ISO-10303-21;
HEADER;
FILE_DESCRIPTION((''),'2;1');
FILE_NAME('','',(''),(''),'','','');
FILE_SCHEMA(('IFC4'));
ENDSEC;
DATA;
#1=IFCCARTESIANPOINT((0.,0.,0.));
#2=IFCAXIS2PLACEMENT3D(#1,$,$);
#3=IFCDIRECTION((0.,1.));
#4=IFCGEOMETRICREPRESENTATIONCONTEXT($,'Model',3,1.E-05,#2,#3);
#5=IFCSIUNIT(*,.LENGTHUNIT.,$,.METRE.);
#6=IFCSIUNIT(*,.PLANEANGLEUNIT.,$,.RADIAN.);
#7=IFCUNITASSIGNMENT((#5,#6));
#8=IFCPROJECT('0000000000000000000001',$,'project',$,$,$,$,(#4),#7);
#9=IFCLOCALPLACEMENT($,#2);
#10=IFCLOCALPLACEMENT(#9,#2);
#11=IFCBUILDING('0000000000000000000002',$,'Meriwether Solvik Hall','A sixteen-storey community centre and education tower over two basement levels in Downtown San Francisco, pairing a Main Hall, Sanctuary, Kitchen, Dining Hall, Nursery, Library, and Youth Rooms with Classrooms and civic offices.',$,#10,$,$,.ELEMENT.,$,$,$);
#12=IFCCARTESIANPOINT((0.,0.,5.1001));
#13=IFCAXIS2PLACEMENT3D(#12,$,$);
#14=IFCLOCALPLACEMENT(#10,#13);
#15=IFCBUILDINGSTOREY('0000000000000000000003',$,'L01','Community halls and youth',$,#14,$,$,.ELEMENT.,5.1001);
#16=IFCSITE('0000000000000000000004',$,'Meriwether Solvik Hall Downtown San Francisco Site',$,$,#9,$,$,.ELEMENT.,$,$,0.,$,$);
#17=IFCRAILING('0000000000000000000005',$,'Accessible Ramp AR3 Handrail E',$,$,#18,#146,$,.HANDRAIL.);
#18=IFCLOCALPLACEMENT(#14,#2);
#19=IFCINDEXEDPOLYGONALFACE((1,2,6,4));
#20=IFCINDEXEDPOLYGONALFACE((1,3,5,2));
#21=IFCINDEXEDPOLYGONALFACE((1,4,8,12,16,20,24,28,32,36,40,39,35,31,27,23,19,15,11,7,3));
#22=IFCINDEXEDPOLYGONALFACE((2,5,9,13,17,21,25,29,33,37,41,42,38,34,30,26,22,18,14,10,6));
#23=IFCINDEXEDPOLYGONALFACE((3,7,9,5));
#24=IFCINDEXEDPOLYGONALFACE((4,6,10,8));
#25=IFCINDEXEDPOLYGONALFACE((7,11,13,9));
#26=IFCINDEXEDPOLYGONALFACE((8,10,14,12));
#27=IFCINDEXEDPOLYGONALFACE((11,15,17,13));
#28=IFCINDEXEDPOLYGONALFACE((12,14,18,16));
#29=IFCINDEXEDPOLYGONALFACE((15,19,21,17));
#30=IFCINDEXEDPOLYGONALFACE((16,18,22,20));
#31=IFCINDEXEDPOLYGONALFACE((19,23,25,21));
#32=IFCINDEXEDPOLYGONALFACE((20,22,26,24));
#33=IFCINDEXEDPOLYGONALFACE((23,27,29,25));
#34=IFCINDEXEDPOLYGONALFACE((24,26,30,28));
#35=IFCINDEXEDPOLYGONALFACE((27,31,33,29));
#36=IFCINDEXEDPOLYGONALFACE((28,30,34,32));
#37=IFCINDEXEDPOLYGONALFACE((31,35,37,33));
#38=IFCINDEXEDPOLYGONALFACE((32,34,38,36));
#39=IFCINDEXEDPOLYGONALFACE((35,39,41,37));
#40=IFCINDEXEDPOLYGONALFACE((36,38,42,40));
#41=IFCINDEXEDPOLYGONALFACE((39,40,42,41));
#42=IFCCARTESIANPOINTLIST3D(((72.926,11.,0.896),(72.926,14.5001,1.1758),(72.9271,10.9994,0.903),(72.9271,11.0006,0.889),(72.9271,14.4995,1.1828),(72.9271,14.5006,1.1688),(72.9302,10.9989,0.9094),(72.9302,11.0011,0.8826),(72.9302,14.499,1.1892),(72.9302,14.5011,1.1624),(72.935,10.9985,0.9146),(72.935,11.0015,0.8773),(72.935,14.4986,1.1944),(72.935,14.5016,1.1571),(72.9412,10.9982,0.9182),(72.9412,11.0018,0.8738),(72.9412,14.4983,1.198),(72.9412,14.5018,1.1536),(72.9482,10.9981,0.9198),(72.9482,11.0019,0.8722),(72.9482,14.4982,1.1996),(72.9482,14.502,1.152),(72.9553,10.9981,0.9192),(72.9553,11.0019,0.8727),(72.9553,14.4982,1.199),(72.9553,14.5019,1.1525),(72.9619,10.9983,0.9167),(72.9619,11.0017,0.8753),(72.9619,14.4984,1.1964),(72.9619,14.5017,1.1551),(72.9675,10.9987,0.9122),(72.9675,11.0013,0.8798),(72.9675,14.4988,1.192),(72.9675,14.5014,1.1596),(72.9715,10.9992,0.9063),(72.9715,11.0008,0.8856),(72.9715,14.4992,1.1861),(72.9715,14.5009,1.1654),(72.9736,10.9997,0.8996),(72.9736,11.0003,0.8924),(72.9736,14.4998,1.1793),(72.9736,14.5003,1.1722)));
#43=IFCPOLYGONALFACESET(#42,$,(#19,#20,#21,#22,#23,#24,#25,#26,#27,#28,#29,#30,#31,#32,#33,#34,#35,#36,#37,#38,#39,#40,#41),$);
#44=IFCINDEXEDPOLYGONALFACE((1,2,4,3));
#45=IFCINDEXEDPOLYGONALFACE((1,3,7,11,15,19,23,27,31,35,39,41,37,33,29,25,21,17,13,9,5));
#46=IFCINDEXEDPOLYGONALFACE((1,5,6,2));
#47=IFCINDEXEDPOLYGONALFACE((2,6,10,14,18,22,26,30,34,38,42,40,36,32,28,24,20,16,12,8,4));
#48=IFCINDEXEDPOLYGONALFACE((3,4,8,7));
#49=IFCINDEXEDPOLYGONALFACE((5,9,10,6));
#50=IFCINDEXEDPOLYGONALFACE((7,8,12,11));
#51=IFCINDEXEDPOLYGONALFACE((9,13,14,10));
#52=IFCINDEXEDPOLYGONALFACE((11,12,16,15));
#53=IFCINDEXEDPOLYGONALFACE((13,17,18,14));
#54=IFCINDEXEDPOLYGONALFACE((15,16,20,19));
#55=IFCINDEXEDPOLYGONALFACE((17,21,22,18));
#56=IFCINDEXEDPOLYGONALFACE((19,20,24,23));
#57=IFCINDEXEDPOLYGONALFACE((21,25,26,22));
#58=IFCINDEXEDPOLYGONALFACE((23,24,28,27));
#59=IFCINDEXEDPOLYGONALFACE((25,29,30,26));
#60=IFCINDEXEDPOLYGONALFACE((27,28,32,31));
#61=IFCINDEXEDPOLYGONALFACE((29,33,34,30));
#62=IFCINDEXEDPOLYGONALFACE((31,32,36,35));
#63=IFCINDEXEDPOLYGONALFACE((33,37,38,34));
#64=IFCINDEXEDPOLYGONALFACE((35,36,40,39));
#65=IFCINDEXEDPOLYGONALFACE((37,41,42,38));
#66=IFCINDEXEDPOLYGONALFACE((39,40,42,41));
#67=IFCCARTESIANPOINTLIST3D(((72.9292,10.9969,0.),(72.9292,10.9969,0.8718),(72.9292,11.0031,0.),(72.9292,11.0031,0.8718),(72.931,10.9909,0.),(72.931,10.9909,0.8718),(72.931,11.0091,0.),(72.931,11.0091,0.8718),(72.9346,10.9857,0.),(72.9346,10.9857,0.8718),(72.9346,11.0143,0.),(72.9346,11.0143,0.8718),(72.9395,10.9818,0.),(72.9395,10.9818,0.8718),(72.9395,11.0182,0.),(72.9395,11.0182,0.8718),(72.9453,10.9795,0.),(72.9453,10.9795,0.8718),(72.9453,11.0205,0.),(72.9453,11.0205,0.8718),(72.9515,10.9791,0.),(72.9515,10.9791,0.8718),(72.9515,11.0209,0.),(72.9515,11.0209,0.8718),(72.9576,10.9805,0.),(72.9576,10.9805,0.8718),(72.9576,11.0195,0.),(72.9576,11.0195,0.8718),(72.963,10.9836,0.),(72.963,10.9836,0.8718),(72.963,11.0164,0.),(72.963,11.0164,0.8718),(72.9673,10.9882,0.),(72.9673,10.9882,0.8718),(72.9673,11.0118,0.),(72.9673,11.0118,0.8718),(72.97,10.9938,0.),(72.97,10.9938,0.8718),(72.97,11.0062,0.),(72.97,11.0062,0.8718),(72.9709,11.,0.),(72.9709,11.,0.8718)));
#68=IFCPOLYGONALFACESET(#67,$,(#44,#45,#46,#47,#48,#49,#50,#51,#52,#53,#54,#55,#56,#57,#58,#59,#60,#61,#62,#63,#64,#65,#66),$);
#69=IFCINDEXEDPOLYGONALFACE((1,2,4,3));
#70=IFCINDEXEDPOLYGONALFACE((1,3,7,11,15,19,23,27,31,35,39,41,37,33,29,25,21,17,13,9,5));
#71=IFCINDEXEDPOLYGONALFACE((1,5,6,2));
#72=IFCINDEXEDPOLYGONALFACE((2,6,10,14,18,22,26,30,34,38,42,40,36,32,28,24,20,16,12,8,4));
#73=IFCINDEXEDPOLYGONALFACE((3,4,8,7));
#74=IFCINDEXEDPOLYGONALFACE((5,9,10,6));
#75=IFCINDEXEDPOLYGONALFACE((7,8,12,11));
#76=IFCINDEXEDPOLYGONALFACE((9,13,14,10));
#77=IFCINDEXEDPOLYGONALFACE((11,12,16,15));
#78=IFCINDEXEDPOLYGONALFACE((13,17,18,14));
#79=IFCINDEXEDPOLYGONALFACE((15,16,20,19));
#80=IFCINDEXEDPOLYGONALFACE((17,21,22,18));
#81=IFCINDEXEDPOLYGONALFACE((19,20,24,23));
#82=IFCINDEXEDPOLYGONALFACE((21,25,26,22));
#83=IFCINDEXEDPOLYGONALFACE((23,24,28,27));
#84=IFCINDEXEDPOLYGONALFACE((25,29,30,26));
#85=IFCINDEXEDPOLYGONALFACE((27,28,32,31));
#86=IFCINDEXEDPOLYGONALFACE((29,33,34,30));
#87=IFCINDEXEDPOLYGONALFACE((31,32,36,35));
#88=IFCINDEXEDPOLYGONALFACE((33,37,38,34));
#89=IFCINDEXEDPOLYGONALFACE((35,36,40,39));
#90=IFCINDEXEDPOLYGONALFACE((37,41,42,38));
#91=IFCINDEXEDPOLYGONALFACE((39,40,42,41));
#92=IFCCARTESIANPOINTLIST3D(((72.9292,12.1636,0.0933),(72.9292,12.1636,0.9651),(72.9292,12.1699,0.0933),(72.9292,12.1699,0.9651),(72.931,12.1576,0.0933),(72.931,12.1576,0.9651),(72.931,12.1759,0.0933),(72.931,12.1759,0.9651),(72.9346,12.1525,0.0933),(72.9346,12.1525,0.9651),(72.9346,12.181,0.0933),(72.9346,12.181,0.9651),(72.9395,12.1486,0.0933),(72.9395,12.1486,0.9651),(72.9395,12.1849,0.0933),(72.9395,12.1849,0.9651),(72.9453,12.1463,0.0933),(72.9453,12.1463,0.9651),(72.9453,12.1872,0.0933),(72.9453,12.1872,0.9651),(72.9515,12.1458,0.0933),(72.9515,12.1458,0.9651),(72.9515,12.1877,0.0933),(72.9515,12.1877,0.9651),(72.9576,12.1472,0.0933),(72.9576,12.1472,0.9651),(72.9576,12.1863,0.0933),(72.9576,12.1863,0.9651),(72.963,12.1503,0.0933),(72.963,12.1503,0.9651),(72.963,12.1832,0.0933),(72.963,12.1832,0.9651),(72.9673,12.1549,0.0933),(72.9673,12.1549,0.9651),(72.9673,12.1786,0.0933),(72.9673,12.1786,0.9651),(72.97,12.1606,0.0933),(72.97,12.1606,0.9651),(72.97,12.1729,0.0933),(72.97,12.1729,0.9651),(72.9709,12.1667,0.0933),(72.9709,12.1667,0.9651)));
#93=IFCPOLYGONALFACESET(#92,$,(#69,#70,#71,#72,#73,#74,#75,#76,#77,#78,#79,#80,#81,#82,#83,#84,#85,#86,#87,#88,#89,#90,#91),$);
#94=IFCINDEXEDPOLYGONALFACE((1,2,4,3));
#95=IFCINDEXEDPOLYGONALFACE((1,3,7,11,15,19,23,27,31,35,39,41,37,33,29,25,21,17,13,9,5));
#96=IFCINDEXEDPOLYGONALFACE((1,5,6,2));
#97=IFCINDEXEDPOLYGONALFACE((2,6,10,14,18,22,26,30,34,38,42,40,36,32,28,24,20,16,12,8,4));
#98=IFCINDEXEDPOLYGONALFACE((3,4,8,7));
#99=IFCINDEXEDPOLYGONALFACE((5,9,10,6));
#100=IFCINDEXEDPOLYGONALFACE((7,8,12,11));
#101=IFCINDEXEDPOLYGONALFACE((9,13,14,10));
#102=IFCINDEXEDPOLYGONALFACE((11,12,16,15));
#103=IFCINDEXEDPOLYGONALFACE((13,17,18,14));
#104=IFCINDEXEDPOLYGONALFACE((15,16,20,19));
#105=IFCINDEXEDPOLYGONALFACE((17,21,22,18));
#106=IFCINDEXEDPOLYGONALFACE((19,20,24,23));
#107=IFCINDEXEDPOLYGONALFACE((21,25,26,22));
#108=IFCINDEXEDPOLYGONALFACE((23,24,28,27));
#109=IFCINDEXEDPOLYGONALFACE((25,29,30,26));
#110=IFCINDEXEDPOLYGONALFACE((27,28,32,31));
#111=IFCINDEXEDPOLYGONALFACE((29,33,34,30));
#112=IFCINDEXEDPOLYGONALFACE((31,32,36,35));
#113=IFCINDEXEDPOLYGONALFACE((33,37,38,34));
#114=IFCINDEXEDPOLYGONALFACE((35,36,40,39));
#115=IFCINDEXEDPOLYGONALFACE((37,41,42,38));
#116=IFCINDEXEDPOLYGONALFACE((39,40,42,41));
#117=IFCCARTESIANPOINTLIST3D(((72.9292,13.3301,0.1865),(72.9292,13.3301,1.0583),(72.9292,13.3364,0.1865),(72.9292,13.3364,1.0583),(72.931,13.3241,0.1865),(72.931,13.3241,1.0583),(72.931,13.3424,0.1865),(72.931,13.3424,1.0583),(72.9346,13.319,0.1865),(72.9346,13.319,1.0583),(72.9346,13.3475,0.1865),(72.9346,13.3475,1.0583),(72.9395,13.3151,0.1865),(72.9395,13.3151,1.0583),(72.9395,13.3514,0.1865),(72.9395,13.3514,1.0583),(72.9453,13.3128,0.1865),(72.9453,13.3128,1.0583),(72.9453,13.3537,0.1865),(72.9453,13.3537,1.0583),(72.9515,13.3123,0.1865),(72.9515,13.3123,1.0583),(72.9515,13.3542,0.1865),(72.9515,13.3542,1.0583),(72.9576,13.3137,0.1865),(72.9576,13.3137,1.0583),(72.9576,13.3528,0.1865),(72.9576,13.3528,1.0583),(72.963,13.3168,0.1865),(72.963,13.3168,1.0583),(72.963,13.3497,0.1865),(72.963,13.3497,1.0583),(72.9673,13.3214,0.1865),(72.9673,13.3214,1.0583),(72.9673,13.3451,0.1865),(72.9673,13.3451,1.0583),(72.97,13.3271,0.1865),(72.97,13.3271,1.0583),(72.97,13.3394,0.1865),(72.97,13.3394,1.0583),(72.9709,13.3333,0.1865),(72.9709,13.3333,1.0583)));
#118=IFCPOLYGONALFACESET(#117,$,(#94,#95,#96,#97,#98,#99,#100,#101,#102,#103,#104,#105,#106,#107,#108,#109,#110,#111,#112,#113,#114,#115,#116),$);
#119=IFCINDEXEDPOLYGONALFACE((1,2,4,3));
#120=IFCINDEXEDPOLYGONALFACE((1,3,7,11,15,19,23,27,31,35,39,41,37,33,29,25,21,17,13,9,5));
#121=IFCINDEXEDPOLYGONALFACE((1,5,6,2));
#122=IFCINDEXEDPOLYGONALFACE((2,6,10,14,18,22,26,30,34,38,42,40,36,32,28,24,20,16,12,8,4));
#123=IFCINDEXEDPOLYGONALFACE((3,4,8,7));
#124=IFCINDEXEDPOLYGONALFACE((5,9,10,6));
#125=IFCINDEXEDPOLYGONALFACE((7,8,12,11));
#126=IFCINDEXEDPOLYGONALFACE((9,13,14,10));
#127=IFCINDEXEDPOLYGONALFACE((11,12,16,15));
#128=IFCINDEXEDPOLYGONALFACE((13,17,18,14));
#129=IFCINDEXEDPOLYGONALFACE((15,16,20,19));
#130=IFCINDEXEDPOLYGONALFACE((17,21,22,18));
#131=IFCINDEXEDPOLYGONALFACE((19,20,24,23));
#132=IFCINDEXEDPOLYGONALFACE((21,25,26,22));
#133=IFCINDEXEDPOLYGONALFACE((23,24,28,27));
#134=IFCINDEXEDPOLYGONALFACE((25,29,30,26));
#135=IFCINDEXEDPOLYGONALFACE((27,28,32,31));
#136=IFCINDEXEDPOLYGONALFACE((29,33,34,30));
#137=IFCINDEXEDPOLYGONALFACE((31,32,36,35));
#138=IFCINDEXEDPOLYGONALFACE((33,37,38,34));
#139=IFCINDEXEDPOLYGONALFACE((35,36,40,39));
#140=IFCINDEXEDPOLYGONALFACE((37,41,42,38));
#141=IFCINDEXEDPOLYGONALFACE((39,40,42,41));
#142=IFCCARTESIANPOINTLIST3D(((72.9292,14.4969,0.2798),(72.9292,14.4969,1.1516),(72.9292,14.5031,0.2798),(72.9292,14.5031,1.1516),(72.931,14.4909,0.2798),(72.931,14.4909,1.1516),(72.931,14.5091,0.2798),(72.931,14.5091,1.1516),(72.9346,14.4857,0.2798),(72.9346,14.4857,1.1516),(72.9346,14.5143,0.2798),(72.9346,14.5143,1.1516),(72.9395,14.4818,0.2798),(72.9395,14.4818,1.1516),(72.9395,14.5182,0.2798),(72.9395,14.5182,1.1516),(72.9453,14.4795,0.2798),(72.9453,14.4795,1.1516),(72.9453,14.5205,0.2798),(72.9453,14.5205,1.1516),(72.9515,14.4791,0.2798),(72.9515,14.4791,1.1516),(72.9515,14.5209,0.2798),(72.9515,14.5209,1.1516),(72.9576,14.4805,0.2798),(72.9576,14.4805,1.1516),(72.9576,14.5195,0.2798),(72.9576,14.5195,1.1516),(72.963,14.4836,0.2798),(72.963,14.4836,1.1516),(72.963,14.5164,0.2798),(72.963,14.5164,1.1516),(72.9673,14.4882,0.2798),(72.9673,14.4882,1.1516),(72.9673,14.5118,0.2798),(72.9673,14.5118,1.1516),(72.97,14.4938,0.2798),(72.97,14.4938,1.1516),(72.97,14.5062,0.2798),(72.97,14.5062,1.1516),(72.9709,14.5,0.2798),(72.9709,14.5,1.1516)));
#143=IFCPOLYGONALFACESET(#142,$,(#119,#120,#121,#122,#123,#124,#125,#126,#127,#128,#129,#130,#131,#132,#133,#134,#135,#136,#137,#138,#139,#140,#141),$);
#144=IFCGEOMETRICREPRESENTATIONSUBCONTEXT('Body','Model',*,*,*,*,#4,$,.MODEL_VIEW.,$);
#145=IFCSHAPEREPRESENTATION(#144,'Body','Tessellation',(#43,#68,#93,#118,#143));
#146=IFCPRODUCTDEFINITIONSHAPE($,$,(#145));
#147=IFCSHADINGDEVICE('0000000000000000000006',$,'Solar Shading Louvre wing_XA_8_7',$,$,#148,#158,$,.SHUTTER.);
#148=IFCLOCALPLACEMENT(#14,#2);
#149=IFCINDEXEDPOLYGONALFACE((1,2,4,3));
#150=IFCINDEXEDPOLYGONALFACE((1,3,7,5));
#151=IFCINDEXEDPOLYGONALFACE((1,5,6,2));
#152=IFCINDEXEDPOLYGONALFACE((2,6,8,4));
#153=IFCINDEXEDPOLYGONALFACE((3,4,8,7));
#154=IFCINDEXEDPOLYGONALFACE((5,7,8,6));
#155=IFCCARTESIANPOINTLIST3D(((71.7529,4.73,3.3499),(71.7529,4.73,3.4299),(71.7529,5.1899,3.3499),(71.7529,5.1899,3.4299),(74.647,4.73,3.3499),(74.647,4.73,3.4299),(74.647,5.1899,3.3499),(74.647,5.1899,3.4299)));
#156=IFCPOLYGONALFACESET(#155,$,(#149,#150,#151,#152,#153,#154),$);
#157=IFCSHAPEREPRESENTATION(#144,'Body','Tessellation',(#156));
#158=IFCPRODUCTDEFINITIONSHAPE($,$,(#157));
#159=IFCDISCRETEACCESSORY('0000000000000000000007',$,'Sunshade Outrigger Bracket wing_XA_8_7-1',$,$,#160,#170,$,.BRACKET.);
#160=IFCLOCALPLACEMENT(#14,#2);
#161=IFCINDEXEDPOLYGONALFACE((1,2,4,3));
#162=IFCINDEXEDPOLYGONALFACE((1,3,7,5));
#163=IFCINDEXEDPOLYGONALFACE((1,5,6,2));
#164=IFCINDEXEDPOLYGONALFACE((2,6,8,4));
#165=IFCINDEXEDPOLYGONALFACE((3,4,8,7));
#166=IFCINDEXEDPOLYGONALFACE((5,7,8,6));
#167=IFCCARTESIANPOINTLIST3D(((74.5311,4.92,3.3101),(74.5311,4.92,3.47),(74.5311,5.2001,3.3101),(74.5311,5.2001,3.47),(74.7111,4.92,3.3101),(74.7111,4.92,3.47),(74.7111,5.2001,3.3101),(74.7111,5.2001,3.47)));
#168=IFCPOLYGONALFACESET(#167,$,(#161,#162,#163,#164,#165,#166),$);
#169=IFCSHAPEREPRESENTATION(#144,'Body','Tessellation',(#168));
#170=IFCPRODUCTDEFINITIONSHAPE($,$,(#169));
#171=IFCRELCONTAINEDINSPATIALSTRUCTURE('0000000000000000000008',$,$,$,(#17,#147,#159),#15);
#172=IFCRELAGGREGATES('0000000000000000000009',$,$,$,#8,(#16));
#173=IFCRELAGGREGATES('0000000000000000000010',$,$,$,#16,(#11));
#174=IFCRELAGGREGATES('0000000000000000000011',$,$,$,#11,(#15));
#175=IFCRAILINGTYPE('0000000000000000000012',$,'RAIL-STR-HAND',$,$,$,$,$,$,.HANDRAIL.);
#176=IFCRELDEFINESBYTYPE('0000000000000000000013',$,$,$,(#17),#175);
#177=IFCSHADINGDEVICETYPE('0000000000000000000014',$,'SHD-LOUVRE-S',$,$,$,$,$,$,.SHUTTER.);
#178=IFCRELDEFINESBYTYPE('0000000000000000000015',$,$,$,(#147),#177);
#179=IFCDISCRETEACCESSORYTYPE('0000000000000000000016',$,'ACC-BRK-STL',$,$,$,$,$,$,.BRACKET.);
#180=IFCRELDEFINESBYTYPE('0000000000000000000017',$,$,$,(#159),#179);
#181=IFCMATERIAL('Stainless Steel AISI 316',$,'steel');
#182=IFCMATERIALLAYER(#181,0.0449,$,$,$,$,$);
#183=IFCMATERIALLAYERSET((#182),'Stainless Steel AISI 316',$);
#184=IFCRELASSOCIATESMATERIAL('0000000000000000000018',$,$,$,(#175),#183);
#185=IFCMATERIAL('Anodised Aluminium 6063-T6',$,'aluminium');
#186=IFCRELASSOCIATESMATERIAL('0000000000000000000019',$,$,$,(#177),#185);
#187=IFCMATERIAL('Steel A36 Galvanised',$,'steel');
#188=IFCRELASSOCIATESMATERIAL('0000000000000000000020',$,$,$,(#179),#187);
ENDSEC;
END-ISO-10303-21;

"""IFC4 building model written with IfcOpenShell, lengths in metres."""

from ifc_helpers import new_model, si_unit, direction, frame, origin, origin_2d, place, context, subcontext, project, spatial, rectangle, circle, extrude, material, layer, layer_set, type_object, element, save


model = new_model("IFC4")

# Units and contexts
model_context = context("Model", 3, precision=1e-05, world=origin(), true_north=direction((0.0, 1.0)))
body_context = subcontext(model_context, "Body", "Model", "MODEL_VIEW")
ifc_project = project(units=[si_unit("LENGTHUNIT", "METRE"), si_unit("PLANEANGLEUNIT", "RADIAN")], contexts=[model_context])

# Site, building, storey
site_placement = place(None, origin())
site = spatial("IfcSite", under=ifc_project, at=site_placement, Name="Meriwether Solvik Hall Downtown San Francisco Site", CompositionType="ELEMENT", RefElevation=0.0)
building_placement = place(site_placement, origin())
building = spatial("IfcBuilding", under=site, at=building_placement, Name="Meriwether Solvik Hall", Description="A sixteen-storey community centre and education tower over two basement levels in Downtown San Francisco, pairing a Main Hall, Sanctuary, Kitchen, Dining Hall, Nursery, Library, and Youth Rooms with Classrooms and civic offices.", CompositionType="ELEMENT")
storey_placement = place(building_placement, frame((0.0, 0.0, 5.1001)))
storey = spatial("IfcBuildingStorey", under=building, at=storey_placement, Name="L01", Description="Community halls and youth", CompositionType="ELEMENT", Elevation=5.1001)

# Railing
ifc_material_1 = material(Name="Stainless Steel AISI 316", Category="steel")
ifc_layer_1 = layer(ifc_material_1, 0.0449)
ifc_layer_set_1 = layer_set([ifc_layer_1], Name="Stainless Steel AISI 316")
railing_type = type_object("IfcRailingType", Name="RAIL-STR-HAND", PredefinedType="HANDRAIL", material=ifc_layer_set_1)
railing_placement = place(storey_placement, frame((72.95, 11.0, 0.0)))
element("IfcRailing", 1, at=railing_placement, inside=storey, type_object=railing_type, Name="Accessible Ramp AR3 Handrail E", PredefinedType="HANDRAIL", context=body_context, shape_type="SweptSolid", body=[
    extrude(circle(Radius=0.0239, at=origin_2d()), frame((0.0, 0.0, 0.896), z_axis=(0.0, 0.99682, 0.079684), x_axis=(-1.0, 0.0, 0.0)), (0.0, 0.0, 1.0), 3.5112),
    extrude(circle(Radius=0.021, at=origin_2d()), origin(), (0.0, 0.0, 1.0), 0.8718),
    extrude(circle(Radius=0.021, at=origin_2d()), frame((0.0, 1.1667, 0.0933)), (0.0, 0.0, 1.0), 0.8718),
    extrude(circle(Radius=0.021, at=origin_2d()), frame((0.0, 2.3333, 0.1865)), (0.0, 0.0, 1.0), 0.8718),
    extrude(circle(Radius=0.021, at=origin_2d()), frame((0.0, 3.5, 0.2798)), (0.0, 0.0, 1.0), 0.8718),
])

# Shading device
ifc_material_2 = material(Name="Anodised Aluminium 6063-T6", Category="aluminium")
shading_device_type = type_object("IfcShadingDeviceType", Name="SHD-LOUVRE-S", PredefinedType="SHUTTER", material=ifc_material_2)
shading_device_placement = place(storey_placement, frame((73.2, 4.96, 3.3499), z_axis=(0.0, 0.0, 1.0), x_axis=(-1.0, 0.0, 0.0)))
element("IfcShadingDevice", 2, at=shading_device_placement, inside=storey, type_object=shading_device_type, Name="Solar Shading Louvre wing_XA_8_7", PredefinedType="SHUTTER", context=body_context, shape_type="SweptSolid", body=[
    extrude(rectangle(XDim=2.894, YDim=0.46, at=origin_2d()), origin(), (0.0, 0.0, 1.0), 0.0801),
])

# Discrete accessory
ifc_material_3 = material(Name="Steel A36 Galvanised", Category="steel")
discrete_accessory_type = type_object("IfcDiscreteAccessoryType", Name="ACC-BRK-STL", PredefinedType="BRACKET", material=ifc_material_3)
discrete_accessory_placement = place(storey_placement, frame((74.6211, 5.0601, 3.3101), z_axis=(0.0, 0.0, 1.0), x_axis=(-1.0, 0.0, 0.0)))
element("IfcDiscreteAccessory", 3, at=discrete_accessory_placement, inside=storey, type_object=discrete_accessory_type, Name="Sunshade Outrigger Bracket wing_XA_8_7-1", PredefinedType="BRACKET", context=body_context, shape_type="SweptSolid", body=[
    extrude(rectangle(XDim=0.1799, YDim=0.28, at=origin_2d()), origin(), (0.0, 0.0, 1.0), 0.1599),
])

save(model, "model.ifc")
